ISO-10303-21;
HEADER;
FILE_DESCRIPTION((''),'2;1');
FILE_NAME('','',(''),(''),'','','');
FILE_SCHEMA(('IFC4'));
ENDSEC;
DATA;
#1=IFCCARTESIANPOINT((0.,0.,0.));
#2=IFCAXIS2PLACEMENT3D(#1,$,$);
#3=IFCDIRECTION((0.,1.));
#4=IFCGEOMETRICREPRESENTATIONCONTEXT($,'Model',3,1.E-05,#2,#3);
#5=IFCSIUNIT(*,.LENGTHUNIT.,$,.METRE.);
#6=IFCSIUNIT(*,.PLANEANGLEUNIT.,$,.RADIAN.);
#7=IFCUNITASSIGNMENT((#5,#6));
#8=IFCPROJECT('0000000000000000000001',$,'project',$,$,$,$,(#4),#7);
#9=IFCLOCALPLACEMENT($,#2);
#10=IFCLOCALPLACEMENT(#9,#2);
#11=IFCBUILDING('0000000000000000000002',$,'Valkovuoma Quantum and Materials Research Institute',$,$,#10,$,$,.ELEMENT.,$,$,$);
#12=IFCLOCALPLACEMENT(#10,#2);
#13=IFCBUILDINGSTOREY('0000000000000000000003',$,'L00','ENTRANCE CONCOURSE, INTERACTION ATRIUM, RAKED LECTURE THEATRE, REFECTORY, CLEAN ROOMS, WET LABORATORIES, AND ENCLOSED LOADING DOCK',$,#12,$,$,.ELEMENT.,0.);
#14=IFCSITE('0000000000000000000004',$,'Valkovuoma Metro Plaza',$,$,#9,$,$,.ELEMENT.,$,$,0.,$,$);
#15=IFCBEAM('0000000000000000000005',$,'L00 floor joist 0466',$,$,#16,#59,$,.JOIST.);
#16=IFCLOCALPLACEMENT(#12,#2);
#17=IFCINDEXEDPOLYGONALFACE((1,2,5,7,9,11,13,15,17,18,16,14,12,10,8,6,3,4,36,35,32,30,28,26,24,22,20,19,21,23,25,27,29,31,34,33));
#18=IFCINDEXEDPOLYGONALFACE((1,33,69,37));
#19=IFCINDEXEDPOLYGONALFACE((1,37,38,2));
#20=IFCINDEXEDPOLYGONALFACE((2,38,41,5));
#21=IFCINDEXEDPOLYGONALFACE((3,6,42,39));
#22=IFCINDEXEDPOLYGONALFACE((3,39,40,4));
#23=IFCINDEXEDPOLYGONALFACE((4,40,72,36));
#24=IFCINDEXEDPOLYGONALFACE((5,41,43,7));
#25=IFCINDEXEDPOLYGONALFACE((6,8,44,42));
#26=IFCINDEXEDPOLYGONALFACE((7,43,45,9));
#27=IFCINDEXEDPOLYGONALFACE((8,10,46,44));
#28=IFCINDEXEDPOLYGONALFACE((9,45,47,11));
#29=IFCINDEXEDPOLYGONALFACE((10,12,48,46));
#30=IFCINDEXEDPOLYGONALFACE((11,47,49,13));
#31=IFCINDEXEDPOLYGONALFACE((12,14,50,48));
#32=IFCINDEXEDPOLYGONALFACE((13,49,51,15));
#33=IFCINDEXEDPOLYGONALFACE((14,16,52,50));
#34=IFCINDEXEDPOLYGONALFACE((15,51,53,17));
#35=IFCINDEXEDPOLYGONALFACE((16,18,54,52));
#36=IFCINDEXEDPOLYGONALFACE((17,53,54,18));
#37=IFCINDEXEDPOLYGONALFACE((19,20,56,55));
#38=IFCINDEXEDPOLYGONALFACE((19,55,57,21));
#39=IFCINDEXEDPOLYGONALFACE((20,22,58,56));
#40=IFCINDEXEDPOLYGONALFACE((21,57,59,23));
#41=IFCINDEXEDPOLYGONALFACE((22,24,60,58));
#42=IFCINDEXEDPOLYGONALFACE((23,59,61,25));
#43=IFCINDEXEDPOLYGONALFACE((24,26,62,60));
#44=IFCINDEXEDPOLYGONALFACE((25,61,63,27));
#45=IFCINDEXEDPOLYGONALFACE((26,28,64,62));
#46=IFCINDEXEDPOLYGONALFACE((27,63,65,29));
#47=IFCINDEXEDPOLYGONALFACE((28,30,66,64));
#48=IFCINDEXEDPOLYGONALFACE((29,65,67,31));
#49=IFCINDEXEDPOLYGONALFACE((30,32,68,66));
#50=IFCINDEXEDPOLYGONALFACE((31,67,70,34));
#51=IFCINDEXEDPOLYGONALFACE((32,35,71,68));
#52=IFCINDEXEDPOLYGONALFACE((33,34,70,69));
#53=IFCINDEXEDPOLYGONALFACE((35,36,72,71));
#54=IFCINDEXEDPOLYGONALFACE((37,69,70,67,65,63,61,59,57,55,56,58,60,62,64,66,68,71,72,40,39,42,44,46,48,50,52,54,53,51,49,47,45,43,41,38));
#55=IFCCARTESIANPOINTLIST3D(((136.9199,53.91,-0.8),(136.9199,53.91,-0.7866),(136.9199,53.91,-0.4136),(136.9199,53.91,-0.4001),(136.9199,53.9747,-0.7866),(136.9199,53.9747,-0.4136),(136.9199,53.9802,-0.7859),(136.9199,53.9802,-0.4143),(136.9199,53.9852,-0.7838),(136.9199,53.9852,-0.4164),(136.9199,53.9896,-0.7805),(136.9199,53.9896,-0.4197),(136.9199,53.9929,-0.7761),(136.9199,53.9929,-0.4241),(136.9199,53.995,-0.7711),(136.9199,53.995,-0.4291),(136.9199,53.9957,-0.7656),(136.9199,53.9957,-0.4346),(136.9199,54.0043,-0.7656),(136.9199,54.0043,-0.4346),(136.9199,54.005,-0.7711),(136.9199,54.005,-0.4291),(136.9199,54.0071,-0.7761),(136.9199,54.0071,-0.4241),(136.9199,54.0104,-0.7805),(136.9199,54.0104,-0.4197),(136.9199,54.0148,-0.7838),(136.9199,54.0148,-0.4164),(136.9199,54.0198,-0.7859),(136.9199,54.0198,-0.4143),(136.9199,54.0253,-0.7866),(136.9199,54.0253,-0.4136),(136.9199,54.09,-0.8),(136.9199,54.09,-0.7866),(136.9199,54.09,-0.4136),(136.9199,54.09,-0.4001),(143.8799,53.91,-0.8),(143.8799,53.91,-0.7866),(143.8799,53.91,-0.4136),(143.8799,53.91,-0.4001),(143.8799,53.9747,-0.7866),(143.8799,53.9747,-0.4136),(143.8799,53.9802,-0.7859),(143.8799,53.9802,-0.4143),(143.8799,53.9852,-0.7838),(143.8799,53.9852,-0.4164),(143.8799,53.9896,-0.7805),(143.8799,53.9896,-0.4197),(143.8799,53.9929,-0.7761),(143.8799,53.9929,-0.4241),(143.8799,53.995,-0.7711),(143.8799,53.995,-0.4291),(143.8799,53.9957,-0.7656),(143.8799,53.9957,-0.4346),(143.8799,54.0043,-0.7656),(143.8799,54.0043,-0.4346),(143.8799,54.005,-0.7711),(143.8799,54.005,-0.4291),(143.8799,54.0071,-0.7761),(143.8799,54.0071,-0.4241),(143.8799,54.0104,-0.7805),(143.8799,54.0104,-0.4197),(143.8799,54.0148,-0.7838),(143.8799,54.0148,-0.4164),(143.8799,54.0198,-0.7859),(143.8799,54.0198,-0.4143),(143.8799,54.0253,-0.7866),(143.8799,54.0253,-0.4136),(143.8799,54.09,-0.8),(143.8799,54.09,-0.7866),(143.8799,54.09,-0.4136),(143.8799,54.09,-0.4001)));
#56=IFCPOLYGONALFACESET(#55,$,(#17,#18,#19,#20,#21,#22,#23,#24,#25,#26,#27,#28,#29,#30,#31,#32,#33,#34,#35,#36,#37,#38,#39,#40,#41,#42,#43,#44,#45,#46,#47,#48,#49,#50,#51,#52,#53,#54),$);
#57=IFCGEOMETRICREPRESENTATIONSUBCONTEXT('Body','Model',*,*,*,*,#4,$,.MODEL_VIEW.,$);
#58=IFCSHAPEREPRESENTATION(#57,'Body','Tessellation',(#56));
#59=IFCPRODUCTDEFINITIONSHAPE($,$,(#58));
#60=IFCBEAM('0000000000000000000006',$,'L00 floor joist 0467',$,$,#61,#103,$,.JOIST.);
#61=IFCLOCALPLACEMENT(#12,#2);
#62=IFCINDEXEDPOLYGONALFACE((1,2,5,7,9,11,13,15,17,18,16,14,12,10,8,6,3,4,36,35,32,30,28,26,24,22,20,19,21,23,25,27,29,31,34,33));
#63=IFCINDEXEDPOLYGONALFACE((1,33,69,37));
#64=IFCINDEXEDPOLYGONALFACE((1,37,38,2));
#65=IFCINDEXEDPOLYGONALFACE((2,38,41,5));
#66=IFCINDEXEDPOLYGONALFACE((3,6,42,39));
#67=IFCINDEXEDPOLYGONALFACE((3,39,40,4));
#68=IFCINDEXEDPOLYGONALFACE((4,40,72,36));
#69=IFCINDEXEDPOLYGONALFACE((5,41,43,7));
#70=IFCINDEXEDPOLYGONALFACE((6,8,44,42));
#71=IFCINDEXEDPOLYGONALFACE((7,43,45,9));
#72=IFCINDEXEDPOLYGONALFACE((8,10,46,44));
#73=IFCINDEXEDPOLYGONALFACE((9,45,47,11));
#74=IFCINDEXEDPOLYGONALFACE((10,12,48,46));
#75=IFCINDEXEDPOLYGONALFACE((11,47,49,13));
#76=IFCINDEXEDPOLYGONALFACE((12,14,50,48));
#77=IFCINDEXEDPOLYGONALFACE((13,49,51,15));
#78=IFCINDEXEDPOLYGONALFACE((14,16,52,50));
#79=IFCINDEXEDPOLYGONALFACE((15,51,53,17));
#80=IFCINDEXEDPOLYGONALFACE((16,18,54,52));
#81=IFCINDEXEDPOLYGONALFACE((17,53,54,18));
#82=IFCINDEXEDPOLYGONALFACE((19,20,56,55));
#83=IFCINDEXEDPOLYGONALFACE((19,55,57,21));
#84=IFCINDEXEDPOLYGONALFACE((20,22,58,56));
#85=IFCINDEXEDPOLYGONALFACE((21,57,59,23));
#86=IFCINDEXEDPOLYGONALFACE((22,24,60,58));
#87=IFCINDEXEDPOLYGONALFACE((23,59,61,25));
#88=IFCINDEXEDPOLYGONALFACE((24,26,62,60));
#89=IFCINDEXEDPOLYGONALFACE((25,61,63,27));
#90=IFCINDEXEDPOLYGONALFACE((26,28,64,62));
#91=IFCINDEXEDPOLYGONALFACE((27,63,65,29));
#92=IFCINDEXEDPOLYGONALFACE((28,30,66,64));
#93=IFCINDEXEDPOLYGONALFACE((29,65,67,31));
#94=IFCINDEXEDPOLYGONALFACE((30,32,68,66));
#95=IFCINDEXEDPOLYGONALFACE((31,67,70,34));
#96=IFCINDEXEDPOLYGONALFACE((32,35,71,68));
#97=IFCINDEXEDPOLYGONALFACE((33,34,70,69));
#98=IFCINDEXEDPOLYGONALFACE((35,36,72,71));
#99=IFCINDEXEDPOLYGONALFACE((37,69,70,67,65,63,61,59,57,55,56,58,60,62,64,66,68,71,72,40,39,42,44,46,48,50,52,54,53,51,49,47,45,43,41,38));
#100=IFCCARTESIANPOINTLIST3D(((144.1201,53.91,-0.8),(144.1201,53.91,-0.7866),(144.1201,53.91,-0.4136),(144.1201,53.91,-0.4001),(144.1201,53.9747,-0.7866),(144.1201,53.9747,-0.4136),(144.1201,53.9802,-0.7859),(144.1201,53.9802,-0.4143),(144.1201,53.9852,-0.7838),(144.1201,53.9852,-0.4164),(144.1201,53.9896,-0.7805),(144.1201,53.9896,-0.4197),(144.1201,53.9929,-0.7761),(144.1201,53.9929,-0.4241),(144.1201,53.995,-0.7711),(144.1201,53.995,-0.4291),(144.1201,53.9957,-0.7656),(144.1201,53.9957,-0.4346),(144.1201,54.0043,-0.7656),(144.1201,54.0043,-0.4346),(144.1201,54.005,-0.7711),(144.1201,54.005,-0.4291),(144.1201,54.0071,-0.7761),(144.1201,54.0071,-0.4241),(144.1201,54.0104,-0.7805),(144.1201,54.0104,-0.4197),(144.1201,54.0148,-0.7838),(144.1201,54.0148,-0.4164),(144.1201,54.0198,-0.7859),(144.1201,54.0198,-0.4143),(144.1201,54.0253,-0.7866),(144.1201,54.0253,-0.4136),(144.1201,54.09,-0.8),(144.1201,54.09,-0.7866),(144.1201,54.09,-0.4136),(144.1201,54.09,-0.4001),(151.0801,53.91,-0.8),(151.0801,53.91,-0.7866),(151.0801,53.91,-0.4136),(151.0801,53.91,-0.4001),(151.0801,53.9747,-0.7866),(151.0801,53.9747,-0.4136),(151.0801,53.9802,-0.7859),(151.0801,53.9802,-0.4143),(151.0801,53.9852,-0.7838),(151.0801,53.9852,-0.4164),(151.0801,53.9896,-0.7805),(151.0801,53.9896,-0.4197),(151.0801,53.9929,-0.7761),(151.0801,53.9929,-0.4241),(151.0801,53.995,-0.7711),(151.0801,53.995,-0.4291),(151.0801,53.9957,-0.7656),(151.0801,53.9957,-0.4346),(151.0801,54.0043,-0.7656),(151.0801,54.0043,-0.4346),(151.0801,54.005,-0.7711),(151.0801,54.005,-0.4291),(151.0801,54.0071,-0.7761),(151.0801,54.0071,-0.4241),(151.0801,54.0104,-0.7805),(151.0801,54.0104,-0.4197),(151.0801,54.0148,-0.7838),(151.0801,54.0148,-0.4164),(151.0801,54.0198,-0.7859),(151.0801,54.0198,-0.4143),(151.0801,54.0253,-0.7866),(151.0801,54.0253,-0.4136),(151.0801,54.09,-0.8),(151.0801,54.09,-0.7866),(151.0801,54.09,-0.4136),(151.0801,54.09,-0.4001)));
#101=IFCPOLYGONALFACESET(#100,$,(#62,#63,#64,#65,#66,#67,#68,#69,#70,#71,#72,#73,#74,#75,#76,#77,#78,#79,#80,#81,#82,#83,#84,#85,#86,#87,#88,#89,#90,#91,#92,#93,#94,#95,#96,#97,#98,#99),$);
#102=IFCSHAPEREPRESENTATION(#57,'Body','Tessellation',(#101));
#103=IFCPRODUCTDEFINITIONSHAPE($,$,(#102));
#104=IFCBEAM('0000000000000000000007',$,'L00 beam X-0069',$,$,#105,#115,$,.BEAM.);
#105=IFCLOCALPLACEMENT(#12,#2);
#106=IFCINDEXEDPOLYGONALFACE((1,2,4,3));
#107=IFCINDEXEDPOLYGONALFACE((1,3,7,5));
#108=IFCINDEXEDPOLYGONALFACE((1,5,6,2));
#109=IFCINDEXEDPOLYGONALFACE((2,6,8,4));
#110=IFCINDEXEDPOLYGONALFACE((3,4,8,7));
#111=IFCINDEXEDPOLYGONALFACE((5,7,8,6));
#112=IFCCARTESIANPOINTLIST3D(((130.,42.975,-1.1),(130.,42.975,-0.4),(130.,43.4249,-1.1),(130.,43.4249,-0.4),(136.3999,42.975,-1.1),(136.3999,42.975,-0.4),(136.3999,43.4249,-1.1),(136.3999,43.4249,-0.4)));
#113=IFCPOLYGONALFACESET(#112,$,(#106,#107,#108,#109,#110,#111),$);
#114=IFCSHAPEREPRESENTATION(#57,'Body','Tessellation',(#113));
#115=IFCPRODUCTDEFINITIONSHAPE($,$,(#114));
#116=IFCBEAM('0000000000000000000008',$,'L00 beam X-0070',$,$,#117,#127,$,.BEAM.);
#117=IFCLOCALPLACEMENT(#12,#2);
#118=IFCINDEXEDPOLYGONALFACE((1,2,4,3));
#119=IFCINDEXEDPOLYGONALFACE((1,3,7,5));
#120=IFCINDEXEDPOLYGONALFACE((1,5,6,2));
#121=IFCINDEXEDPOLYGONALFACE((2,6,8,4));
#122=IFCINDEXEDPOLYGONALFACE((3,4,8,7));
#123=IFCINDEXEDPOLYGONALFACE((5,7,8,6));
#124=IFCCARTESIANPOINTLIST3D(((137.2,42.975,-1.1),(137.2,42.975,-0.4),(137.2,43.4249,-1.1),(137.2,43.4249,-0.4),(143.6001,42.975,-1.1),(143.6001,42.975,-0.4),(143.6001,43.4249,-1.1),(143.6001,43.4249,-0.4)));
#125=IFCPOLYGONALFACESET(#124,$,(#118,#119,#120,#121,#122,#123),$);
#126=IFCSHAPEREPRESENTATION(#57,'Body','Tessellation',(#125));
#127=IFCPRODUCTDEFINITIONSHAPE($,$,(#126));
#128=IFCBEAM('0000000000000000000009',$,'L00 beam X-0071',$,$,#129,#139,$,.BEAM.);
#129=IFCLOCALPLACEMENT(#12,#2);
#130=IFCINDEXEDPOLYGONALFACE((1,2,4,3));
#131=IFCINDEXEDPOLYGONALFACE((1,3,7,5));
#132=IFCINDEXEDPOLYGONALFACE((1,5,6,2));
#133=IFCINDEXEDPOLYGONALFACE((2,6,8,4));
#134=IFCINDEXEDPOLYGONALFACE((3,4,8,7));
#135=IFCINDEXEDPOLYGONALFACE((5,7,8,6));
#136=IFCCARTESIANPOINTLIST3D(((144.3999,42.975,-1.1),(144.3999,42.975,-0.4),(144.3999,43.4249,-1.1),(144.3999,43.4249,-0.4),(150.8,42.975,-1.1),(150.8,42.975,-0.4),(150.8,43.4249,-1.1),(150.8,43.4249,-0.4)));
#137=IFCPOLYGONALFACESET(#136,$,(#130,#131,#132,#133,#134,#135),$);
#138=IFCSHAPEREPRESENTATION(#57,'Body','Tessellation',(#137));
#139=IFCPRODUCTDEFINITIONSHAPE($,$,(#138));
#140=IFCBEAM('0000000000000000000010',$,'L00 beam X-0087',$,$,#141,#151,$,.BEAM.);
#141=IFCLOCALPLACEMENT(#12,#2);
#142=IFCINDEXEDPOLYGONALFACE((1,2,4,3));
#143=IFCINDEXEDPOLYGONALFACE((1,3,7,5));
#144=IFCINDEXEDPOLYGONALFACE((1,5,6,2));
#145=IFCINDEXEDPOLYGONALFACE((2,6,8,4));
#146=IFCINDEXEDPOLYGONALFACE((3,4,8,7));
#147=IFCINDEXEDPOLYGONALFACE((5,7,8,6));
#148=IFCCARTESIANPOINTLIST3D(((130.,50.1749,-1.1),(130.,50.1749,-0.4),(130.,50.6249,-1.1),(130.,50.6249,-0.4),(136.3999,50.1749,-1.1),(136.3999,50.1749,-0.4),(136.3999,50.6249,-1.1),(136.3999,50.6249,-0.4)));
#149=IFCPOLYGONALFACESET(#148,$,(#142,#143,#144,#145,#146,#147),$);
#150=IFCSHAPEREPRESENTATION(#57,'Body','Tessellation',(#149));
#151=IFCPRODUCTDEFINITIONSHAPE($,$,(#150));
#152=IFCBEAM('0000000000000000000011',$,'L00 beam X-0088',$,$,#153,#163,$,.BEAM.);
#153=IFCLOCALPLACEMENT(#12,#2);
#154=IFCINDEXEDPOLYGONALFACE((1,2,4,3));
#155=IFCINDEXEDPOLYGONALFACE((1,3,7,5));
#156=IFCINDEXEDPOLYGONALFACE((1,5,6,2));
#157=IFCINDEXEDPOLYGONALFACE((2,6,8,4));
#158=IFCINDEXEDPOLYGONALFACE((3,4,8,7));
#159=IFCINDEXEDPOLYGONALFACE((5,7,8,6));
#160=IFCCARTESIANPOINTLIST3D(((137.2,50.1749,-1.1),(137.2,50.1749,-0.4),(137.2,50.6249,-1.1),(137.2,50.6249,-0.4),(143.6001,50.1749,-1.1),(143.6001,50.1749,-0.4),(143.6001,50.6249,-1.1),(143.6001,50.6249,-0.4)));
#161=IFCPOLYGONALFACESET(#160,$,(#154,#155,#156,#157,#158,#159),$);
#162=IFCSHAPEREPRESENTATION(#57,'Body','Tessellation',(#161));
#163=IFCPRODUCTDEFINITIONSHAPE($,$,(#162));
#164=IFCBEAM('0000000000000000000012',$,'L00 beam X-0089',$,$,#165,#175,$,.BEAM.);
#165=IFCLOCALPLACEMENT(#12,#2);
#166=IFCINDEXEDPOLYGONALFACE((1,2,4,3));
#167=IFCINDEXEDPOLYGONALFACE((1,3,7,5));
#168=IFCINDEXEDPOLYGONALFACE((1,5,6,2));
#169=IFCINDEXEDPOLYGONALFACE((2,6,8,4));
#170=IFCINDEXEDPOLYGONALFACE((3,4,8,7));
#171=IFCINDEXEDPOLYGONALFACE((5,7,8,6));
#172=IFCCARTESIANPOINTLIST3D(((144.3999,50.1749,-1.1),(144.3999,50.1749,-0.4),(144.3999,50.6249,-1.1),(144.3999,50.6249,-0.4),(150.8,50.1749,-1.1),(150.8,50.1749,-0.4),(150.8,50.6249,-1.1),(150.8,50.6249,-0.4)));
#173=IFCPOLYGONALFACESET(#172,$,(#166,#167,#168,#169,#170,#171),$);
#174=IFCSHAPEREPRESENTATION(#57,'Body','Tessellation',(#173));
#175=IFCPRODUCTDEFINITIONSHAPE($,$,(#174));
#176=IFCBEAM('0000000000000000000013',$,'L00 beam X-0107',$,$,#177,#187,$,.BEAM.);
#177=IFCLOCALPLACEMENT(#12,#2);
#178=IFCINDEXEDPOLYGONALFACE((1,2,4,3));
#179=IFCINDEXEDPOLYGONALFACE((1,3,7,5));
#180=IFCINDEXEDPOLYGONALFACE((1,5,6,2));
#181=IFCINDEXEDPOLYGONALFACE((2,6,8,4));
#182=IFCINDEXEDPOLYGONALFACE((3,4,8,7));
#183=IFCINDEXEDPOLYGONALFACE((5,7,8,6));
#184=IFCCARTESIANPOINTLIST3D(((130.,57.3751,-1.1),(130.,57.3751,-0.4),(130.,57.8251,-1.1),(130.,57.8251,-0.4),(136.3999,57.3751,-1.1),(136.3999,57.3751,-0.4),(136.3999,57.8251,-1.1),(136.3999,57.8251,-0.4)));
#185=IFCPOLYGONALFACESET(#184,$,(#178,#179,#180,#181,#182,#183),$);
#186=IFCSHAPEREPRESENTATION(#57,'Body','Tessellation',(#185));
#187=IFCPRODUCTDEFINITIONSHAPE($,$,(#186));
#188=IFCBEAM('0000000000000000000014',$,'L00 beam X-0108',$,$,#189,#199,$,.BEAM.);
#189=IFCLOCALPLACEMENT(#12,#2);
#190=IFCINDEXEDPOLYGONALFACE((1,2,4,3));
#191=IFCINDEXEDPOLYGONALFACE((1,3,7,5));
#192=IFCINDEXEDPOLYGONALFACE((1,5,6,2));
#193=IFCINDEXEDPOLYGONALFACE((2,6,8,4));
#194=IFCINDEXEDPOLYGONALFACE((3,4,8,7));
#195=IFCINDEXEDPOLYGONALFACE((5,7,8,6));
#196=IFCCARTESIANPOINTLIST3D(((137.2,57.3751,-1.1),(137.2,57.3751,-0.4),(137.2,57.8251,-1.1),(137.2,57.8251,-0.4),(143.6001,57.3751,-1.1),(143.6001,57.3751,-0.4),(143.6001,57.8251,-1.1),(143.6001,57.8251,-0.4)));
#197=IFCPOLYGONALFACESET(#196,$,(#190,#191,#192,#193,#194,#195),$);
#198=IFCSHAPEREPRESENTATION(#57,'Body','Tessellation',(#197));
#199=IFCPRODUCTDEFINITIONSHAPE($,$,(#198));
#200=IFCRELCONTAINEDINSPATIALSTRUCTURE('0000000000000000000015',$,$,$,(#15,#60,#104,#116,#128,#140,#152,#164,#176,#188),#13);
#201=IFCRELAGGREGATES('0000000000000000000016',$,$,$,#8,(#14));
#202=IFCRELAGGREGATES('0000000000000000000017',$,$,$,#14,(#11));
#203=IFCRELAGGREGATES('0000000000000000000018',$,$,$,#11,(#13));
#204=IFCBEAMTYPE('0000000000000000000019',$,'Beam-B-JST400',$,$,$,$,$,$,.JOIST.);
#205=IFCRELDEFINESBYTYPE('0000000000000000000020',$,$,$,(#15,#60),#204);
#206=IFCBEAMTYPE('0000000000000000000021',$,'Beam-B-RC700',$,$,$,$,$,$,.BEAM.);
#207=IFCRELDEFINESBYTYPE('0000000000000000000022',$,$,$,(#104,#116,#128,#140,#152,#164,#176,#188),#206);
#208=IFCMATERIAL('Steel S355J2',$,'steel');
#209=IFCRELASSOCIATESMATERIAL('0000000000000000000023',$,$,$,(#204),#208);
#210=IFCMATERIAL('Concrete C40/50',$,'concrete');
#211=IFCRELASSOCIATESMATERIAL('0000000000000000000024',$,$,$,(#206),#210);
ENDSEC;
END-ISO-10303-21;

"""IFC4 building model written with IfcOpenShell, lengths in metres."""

from ifc_helpers import new_model, si_unit, direction, frame, origin, origin_2d, place, context, subcontext, project, spatial, rectangle, i_section, extrude, material, material_profile, profile_set, type_object, element, save


model = new_model("IFC4")

# Units and contexts
model_context = context("Model", 3, precision=1e-05, world=origin(), true_north=direction((0.0, 1.0)))
body_context = subcontext(model_context, "Body", "Model", "MODEL_VIEW")
ifc_project = project(units=[si_unit("LENGTHUNIT", "METRE"), si_unit("PLANEANGLEUNIT", "RADIAN")], contexts=[model_context])

# Site, building, storey
site_placement = place(None, origin())
site = spatial("IfcSite", under=ifc_project, at=site_placement, Name="Valkovuoma Metro Plaza", CompositionType="ELEMENT", RefElevation=0.0)
building_placement = place(site_placement, origin())
building = spatial("IfcBuilding", under=site, at=building_placement, Name="Valkovuoma Quantum and Materials Research Institute", CompositionType="ELEMENT")
storey_placement = place(building_placement, origin())
storey = spatial("IfcBuildingStorey", under=building, at=storey_placement, Name="L00", Description="ENTRANCE CONCOURSE, INTERACTION ATRIUM, RAKED LECTURE THEATRE, REFECTORY, CLEAN ROOMS, WET LABORATORIES, AND ENCLOSED LOADING DOCK", CompositionType="ELEMENT", Elevation=0.0)

# Beams
ifc_material_1 = material(Name="Steel S355J2", Category="steel")
ifc_material_profile_1 = material_profile(ifc_material_1, i_section(OverallWidth=0.1799, OverallDepth=0.3999, WebThickness=0.0085, FlangeThickness=0.0134, FilletRadius=0.021, at=origin_2d()), Name="Steel S355J2")
ifc_profile_set_1 = profile_set([ifc_material_profile_1], Name="Steel S355J2")
beam_type_1 = type_object("IfcBeamType", Name="Beam-B-JST400", PredefinedType="JOIST", material=ifc_profile_set_1)
for number, where, z_axis, x_axis, name in (
    (1, (136.9199, 54.0, -0.6001), (1.0, 0.0, 0.0), (0.0, 1.0, 0.0), "L00 floor joist 0466"),
    (2, (144.1201, 54.0, -0.6001), (1.0, 0.0, 0.0), (0.0, 1.0, 0.0), "L00 floor joist 0467"),
):
    element("IfcBeam", number, at=place(storey_placement, frame(where, z_axis=z_axis, x_axis=x_axis)), inside=storey, type_object=beam_type_1, Name=name, PredefinedType="JOIST", context=body_context, shape_type="SweptSolid", body=[
        extrude(i_section(OverallWidth=0.1799, OverallDepth=0.3999, WebThickness=0.0085, FlangeThickness=0.0134, FilletRadius=0.021, at=origin_2d()), origin(), (0.0, 0.0, 1.0), 6.96),
    ])
ifc_material_2 = material(Name="Concrete C40/50", Category="concrete")
ifc_material_profile_2 = material_profile(ifc_material_2, rectangle(XDim=0.45, YDim=0.7, at=origin_2d()), Name="Concrete C40/50")
ifc_profile_set_2 = profile_set([ifc_material_profile_2], Name="Concrete C40/50")
beam_type_2 = type_object("IfcBeamType", Name="Beam-B-RC700", PredefinedType="BEAM", material=ifc_profile_set_2)
beam_1_placement = place(storey_placement, frame((130.0, 43.2, -0.75), z_axis=(1.0, 0.0, 0.0), x_axis=(0.0, 1.0, 0.0)))
element("IfcBeam", 3, at=beam_1_placement, inside=storey, type_object=beam_type_2, Name="L00 beam X-0069", PredefinedType="BEAM", context=body_context, shape_type="SweptSolid", body=[
    extrude(rectangle(XDim=0.45, YDim=0.7, at=origin_2d()), origin(), (0.0, 0.0, 1.0), 6.3999),
])
for number, where, z_axis, x_axis, name in (
    (4, (137.2, 43.2, -0.75), (1.0, 0.0, 0.0), (0.0, 1.0, 0.0), "L00 beam X-0070"),
    (5, (144.3999, 43.2, -0.75), (1.0, 0.0, 0.0), (0.0, 1.0, 0.0), "L00 beam X-0071"),
):
    element("IfcBeam", number, at=place(storey_placement, frame(where, z_axis=z_axis, x_axis=x_axis)), inside=storey, type_object=beam_type_2, Name=name, PredefinedType="BEAM", context=body_context, shape_type="SweptSolid", body=[
        extrude(rectangle(XDim=0.45, YDim=0.7, at=origin_2d()), origin(), (0.0, 0.0, 1.0), 6.4001),
    ])
beam_2_placement = place(storey_placement, frame((130.0, 50.3999, -0.75), z_axis=(1.0, 0.0, 0.0), x_axis=(0.0, 1.0, 0.0)))
element("IfcBeam", 6, at=beam_2_placement, inside=storey, type_object=beam_type_2, Name="L00 beam X-0087", PredefinedType="BEAM", context=body_context, shape_type="SweptSolid", body=[
    extrude(rectangle(XDim=0.45, YDim=0.7, at=origin_2d()), origin(), (0.0, 0.0, 1.0), 6.3999),
])
for number, where, z_axis, x_axis, name in (
    (7, (137.2, 50.3999, -0.75), (1.0, 0.0, 0.0), (0.0, 1.0, 0.0), "L00 beam X-0088"),
    (8, (144.3999, 50.3999, -0.75), (1.0, 0.0, 0.0), (0.0, 1.0, 0.0), "L00 beam X-0089"),
):
    element("IfcBeam", number, at=place(storey_placement, frame(where, z_axis=z_axis, x_axis=x_axis)), inside=storey, type_object=beam_type_2, Name=name, PredefinedType="BEAM", context=body_context, shape_type="SweptSolid", body=[
        extrude(rectangle(XDim=0.45, YDim=0.7, at=origin_2d()), origin(), (0.0, 0.0, 1.0), 6.4001),
    ])
beam_3_placement = place(storey_placement, frame((130.0, 57.6001, -0.75), z_axis=(1.0, 0.0, 0.0), x_axis=(0.0, 1.0, 0.0)))
element("IfcBeam", 9, at=beam_3_placement, inside=storey, type_object=beam_type_2, Name="L00 beam X-0107", PredefinedType="BEAM", context=body_context, shape_type="SweptSolid", body=[
    extrude(rectangle(XDim=0.45, YDim=0.7, at=origin_2d()), origin(), (0.0, 0.0, 1.0), 6.3999),
])
for number, where, z_axis, x_axis, name in (
    (10, (137.2, 57.6001, -0.75), (1.0, 0.0, 0.0), (0.0, 1.0, 0.0), "L00 beam X-0108"),
):
    element("IfcBeam", number, at=place(storey_placement, frame(where, z_axis=z_axis, x_axis=x_axis)), inside=storey, type_object=beam_type_2, Name=name, PredefinedType="BEAM", context=body_context, shape_type="SweptSolid", body=[
        extrude(rectangle(XDim=0.45, YDim=0.7, at=origin_2d()), origin(), (0.0, 0.0, 1.0), 6.4001),
    ])

save(model, "model.ifc")
